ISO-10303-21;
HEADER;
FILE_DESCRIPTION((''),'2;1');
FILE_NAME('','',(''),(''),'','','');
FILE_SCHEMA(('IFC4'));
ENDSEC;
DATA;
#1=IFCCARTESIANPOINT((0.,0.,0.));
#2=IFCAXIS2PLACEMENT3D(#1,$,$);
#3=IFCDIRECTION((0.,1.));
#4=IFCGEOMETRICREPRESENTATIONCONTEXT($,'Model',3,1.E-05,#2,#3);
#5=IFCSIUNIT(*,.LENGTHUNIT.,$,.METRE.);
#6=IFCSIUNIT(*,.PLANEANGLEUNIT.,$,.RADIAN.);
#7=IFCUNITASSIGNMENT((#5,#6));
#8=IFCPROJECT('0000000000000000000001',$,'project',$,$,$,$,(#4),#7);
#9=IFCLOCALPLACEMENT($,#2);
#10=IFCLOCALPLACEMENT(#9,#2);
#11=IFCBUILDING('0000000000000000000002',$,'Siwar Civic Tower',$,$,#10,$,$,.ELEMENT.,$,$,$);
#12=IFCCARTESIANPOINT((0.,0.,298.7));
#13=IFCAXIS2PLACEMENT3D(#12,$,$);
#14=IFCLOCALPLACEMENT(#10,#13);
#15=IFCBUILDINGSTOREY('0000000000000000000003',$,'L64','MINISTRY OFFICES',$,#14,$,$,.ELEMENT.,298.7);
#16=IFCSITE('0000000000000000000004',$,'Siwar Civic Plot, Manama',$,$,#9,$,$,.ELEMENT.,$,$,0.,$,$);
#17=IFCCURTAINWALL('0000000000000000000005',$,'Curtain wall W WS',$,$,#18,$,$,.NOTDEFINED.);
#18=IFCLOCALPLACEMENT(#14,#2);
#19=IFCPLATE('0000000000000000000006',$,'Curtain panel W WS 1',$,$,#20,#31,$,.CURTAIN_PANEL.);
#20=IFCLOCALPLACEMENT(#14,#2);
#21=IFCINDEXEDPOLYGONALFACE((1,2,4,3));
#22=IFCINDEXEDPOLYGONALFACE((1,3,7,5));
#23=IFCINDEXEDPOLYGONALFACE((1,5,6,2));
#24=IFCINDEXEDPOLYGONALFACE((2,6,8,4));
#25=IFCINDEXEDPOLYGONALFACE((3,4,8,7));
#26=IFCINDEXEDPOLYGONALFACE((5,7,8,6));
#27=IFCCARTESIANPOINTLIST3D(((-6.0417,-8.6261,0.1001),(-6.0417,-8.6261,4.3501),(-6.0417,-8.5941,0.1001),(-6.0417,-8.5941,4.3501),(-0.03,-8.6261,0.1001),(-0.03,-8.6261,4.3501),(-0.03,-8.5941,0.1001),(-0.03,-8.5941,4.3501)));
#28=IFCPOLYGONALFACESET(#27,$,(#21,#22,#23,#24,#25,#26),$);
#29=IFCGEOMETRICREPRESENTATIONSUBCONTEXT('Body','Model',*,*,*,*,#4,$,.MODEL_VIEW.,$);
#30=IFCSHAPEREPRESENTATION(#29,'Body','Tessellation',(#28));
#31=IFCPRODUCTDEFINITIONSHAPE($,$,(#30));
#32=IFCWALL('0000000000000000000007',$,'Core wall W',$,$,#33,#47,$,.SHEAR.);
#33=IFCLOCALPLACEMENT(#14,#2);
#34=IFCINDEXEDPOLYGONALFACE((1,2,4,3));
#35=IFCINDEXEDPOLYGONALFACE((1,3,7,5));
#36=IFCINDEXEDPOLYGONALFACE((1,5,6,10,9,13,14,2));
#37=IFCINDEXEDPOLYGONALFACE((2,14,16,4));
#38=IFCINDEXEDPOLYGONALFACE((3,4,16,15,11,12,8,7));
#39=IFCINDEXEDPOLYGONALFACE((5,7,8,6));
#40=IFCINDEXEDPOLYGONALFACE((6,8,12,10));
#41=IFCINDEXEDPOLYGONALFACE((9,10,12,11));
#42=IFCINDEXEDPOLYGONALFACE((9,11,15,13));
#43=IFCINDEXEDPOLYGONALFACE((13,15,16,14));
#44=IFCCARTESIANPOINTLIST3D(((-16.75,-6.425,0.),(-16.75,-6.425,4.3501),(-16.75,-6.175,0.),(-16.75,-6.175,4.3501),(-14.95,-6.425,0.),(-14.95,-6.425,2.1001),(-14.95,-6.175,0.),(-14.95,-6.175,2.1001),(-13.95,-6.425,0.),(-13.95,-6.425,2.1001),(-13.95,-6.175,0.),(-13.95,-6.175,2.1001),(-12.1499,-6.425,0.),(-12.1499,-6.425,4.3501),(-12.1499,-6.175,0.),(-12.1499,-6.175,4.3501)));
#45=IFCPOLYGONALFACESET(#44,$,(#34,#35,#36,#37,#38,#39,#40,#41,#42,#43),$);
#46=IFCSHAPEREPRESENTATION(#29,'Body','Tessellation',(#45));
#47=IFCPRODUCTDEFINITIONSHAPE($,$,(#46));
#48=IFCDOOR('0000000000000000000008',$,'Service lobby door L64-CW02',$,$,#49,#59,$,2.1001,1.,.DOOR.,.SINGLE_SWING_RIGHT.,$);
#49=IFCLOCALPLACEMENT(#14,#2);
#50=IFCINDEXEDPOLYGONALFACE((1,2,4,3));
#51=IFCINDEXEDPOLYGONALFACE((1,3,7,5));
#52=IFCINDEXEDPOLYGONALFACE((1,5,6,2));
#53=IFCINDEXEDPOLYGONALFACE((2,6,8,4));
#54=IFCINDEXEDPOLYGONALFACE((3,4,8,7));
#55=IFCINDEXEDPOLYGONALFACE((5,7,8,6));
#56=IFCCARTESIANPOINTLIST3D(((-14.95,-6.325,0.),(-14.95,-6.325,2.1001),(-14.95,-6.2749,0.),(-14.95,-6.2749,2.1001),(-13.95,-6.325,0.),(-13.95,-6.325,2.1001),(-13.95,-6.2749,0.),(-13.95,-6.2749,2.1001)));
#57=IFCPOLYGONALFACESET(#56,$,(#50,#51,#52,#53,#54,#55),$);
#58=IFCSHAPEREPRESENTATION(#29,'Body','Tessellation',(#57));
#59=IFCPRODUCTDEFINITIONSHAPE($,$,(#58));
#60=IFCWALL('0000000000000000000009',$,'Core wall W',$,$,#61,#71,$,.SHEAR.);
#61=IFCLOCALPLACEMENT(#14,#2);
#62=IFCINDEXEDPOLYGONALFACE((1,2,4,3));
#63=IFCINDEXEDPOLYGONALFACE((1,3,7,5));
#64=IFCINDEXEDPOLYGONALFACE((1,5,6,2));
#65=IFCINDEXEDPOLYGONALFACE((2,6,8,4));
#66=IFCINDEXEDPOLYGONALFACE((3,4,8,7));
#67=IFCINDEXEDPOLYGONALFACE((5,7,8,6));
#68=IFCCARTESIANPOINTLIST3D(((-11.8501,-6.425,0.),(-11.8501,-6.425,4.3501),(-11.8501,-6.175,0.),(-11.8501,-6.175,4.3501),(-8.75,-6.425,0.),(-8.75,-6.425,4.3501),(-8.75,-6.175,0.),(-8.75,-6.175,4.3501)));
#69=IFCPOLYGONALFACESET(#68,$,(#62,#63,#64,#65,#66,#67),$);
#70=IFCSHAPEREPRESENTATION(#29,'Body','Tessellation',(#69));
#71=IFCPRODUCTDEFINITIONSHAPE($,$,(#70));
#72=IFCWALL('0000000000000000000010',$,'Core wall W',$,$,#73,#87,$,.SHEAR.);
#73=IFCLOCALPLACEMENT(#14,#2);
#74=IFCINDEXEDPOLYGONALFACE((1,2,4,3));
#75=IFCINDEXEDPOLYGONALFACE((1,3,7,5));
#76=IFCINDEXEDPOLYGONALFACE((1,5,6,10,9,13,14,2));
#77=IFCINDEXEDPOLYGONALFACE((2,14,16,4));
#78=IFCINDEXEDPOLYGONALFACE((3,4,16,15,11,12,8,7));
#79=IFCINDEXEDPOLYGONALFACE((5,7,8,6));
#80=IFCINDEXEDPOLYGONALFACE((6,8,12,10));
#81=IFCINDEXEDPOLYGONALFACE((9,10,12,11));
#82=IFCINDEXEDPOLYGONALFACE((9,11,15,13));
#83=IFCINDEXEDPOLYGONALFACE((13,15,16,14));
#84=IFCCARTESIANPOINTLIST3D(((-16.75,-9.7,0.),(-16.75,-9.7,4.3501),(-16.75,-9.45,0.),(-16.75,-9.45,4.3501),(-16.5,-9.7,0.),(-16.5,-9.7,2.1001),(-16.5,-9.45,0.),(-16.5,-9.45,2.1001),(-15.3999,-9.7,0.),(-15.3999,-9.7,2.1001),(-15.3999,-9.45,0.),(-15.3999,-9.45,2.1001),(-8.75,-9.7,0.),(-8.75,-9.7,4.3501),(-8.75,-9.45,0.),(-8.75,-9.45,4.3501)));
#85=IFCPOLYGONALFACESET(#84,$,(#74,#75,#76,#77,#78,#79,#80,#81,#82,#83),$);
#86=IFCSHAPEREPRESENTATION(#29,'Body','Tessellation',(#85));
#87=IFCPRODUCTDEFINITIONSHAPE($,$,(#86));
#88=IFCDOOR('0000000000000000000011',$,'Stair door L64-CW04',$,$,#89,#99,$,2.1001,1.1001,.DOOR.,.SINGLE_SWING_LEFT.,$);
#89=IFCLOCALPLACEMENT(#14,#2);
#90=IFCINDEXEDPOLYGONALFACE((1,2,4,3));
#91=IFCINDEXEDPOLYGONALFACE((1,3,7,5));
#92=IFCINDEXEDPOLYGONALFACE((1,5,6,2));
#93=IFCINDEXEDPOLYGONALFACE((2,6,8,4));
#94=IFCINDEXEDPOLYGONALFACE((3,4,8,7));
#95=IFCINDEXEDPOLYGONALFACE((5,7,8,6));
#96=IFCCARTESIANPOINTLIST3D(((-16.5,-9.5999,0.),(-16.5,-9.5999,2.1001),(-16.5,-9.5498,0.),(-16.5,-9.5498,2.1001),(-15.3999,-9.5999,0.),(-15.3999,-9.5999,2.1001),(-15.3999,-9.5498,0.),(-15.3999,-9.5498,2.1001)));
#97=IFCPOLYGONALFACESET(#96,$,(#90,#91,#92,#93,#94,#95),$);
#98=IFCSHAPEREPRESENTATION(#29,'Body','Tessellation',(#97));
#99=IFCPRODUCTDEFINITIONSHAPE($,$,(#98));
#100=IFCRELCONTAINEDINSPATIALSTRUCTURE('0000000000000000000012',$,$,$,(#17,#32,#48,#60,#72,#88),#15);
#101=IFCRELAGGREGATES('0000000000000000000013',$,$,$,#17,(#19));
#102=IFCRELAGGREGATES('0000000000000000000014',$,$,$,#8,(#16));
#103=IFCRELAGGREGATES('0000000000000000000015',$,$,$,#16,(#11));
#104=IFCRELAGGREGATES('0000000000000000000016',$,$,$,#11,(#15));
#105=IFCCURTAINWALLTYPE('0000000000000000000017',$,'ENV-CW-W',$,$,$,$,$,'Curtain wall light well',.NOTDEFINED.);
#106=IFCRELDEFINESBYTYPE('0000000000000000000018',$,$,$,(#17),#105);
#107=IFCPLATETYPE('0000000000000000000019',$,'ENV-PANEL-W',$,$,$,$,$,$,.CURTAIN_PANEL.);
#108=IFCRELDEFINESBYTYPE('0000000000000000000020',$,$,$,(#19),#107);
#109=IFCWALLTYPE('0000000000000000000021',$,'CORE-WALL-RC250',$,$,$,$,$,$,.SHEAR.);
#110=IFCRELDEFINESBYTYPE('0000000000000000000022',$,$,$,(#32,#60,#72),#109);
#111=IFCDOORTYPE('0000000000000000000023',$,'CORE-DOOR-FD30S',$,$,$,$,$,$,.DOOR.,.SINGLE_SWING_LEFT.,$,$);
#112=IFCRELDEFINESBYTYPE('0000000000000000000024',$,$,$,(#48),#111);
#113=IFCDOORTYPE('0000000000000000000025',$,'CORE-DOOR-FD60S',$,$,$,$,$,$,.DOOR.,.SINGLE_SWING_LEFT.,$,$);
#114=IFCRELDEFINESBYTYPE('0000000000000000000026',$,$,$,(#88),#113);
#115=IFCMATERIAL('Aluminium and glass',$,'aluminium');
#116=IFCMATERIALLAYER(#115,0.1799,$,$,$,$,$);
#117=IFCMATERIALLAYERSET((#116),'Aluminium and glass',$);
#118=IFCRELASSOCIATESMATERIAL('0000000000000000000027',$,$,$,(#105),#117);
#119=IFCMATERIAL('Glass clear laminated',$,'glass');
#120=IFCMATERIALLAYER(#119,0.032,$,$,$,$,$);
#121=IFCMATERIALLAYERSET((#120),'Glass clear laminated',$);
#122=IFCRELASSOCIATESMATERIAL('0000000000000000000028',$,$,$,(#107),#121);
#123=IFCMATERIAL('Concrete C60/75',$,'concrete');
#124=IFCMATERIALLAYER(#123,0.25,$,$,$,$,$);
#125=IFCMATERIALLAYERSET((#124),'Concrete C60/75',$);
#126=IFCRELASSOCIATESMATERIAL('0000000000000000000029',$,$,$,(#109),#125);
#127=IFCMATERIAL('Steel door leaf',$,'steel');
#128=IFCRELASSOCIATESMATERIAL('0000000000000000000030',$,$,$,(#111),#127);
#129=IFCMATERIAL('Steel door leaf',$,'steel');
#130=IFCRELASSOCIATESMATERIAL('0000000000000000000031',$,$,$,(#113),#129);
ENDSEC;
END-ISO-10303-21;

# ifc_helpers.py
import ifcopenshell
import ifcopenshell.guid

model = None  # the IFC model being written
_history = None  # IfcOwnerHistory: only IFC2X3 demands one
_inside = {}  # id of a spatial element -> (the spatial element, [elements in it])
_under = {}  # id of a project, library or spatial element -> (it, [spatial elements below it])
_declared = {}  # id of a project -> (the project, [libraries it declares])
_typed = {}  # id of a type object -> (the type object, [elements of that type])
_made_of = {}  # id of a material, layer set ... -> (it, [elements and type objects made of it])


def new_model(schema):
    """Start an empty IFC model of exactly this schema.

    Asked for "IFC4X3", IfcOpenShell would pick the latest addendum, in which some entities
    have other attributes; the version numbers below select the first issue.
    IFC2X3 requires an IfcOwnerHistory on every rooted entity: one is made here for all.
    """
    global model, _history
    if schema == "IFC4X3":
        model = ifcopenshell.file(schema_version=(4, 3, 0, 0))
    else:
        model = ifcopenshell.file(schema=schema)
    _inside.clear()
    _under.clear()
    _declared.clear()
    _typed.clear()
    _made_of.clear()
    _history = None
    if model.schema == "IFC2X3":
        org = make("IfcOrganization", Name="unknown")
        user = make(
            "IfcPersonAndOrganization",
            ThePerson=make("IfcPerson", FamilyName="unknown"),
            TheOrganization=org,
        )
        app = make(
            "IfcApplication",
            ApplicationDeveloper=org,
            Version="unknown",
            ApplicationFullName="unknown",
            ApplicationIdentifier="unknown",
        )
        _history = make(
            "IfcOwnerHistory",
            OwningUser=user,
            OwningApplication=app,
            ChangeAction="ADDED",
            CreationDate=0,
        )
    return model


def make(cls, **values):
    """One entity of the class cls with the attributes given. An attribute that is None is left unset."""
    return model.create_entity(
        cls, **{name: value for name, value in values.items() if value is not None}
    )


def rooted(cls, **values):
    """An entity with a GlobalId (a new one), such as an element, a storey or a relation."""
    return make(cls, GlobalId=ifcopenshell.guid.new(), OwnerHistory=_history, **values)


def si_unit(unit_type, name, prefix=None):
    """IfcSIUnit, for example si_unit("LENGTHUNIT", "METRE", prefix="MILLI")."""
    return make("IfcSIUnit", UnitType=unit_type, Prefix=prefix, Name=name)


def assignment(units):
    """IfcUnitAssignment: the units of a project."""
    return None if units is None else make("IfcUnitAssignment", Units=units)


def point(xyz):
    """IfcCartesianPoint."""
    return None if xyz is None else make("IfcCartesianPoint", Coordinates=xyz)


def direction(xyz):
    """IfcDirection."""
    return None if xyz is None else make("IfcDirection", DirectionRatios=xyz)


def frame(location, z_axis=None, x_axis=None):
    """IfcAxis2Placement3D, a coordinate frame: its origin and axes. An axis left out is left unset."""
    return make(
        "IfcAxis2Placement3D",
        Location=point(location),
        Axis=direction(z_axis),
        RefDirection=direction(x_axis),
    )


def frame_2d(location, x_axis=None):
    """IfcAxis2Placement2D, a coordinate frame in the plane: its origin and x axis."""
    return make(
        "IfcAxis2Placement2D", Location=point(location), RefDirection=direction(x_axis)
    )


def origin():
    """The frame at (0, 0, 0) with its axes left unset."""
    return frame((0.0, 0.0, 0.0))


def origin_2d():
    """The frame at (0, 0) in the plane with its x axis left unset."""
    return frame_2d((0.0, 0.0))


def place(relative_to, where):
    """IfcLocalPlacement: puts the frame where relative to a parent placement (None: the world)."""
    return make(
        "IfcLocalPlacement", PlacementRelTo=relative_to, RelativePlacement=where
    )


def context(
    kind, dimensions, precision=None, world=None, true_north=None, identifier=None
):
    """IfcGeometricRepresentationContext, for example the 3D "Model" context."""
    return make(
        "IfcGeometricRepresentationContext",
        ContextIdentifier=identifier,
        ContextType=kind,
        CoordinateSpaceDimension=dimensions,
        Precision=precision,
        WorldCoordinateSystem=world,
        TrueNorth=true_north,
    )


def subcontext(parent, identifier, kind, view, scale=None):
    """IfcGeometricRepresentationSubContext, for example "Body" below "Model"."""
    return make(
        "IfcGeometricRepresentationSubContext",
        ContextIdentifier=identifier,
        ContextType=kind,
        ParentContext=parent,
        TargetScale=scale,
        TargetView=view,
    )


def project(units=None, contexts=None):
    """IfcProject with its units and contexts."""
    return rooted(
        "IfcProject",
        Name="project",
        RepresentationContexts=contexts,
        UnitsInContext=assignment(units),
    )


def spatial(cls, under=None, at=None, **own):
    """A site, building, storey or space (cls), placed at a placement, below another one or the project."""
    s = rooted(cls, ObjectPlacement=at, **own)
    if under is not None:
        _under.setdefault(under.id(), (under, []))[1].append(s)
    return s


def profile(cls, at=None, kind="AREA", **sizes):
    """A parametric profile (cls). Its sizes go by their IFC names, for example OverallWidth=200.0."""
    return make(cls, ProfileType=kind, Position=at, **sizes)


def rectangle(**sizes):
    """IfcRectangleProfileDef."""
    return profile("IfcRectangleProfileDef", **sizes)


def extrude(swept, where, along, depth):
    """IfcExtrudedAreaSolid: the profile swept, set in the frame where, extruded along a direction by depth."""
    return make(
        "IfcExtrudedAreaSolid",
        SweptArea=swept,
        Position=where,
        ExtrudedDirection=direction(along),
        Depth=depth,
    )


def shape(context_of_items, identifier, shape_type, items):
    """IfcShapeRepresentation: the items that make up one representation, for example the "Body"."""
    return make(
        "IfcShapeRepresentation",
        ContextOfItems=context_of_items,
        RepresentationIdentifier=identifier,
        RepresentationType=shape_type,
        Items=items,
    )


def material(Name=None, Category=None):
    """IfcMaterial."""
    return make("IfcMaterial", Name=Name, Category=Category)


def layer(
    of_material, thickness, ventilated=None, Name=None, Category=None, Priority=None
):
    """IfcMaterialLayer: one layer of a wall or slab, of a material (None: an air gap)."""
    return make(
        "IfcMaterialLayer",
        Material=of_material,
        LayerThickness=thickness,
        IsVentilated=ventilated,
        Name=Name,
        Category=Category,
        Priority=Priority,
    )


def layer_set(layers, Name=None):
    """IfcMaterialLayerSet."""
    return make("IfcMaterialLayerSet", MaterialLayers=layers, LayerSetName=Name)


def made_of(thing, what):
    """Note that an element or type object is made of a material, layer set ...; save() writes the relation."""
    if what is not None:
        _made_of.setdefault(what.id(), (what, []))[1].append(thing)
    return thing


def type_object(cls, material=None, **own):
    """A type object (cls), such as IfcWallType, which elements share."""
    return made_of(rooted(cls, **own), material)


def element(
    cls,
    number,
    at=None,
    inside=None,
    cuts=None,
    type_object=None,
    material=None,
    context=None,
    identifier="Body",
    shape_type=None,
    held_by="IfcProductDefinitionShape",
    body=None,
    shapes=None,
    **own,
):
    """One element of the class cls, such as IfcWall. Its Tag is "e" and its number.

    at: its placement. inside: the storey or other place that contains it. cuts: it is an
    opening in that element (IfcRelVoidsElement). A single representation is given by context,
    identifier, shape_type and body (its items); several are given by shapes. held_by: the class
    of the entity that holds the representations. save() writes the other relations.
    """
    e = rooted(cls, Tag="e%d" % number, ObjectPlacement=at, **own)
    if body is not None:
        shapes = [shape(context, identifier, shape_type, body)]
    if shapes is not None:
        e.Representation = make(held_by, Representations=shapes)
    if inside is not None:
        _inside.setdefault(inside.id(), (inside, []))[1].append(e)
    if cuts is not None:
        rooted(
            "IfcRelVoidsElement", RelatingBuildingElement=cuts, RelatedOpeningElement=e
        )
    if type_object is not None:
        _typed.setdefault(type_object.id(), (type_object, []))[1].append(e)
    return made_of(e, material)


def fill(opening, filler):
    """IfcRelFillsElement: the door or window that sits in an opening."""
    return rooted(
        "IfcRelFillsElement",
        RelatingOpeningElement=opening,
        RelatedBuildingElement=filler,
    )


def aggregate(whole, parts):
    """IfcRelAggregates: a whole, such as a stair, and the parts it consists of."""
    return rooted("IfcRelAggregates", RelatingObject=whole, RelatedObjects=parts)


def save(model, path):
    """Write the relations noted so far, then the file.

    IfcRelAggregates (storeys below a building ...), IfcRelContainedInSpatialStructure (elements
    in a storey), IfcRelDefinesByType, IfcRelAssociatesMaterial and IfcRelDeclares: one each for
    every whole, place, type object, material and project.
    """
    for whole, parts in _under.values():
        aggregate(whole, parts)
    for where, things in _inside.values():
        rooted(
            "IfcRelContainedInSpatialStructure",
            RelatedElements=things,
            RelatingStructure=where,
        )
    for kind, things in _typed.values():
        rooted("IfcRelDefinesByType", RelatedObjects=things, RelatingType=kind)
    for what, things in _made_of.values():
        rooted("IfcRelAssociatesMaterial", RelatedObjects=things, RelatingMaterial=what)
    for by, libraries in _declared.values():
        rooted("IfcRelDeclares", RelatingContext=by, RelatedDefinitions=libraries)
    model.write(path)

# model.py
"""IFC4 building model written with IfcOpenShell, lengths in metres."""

from ifc_helpers import new_model, si_unit, direction, frame, frame_2d, origin, origin_2d, place, context, subcontext, project, spatial, rectangle, extrude, material, layer, layer_set, type_object, element, fill, aggregate, save


model = new_model("IFC4")

# Units and contexts
model_context = context("Model", 3, precision=1e-05, world=origin(), true_north=direction((0.0, 1.0)))
body_context = subcontext(model_context, "Body", "Model", "MODEL_VIEW")
ifc_project = project(units=[si_unit("LENGTHUNIT", "METRE"), si_unit("PLANEANGLEUNIT", "RADIAN")], contexts=[model_context])

# Site, building, storey
site_placement = place(None, origin())
site = spatial("IfcSite", under=ifc_project, at=site_placement, Name="Siwar Civic Plot, Manama", CompositionType="ELEMENT", RefElevation=0.0)
building_placement = place(site_placement, origin())
building = spatial("IfcBuilding", under=site, at=building_placement, Name="Siwar Civic Tower", CompositionType="ELEMENT")
storey_placement = place(building_placement, frame((0.0, 0.0, 298.7)))
storey = spatial("IfcBuildingStorey", under=building, at=storey_placement, Name="L64", Description="MINISTRY OFFICES", CompositionType="ELEMENT", Elevation=298.7)

# Curtain wall
ifc_material_1 = material(Name="Aluminium and glass", Category="aluminium")
ifc_layer_1 = layer(ifc_material_1, 0.1799)
ifc_layer_set_1 = layer_set([ifc_layer_1], Name="Aluminium and glass")
curtain_wall_type = type_object("IfcCurtainWallType", Name="ENV-CW-W", ElementType="Curtain wall light well", PredefinedType="NOTDEFINED", material=ifc_layer_set_1)
curtain_wall_placement = place(storey_placement, origin())
curtain_wall = element("IfcCurtainWall", 1, at=curtain_wall_placement, inside=storey, type_object=curtain_wall_type, Name="Curtain wall W WS", PredefinedType="NOTDEFINED")

# Plate
ifc_material_2 = material(Name="Glass clear laminated", Category="glass")
ifc_layer_2 = layer(ifc_material_2, 0.032)
ifc_layer_set_2 = layer_set([ifc_layer_2], Name="Glass clear laminated")
plate_type = type_object("IfcPlateType", Name="ENV-PANEL-W", PredefinedType="CURTAIN_PANEL", material=ifc_layer_set_2)
plate_placement = place(storey_placement, frame((-3.0359, -8.6101, 0.1001), z_axis=(0.0, 0.0, 1.0), x_axis=(1.0, 0.0, 0.0)))
plate = element("IfcPlate", 2, at=plate_placement, type_object=plate_type, Name="Curtain panel W WS 1", PredefinedType="CURTAIN_PANEL", context=body_context, shape_type="SweptSolid", body=[
    extrude(rectangle(XDim=6.0117, YDim=0.032, at=origin_2d()), origin(), (0.0, 0.0, 1.0), 4.25),
])
aggregate(curtain_wall, [plate])

# Wall, opening, door
ifc_material_3 = material(Name="Concrete C60/75", Category="concrete")
ifc_layer_3 = layer(ifc_material_3, 0.25)
ifc_layer_set_3 = layer_set([ifc_layer_3], Name="Concrete C60/75")
wall_type_1 = type_object("IfcWallType", Name="CORE-WALL-RC250", PredefinedType="SHEAR", material=ifc_layer_set_3)
wall_1_placement = place(storey_placement, frame((-12.1499, -6.3, 0.0), z_axis=(0.0, 0.0, 1.0), x_axis=(-1.0, 0.0, 0.0)))
wall_1 = element("IfcWall", 3, at=wall_1_placement, inside=storey, type_object=wall_type_1, Name="Core wall W", PredefinedType="SHEAR", context=body_context, shape_type="SweptSolid", body=[
    extrude(rectangle(XDim=4.6001, YDim=0.25, at=frame_2d((2.3, 0.0))), origin(), (0.0, 0.0, 1.0), 4.3501),
])
opening_1_placement = place(wall_1_placement, frame((1.8, 0.0, 0.0)))
opening_1 = element("IfcOpeningElement", 4, at=opening_1_placement, cuts=wall_1, PredefinedType="OPENING", context=body_context, shape_type="SweptSolid", body=[
    extrude(rectangle(XDim=1.0, YDim=2.1001, at=frame_2d((0.5, 1.05))), frame((0.0, 0.135, 0.0), z_axis=(0.0, -1.0, 0.0), x_axis=(1.0, 0.0, 0.0)), (0.0, 0.0, 1.0), 0.27),
])
ifc_material_4 = material(Name="Steel door leaf", Category="steel")
door_type_1 = type_object("IfcDoorType", Name="CORE-DOOR-FD30S", OperationType="SINGLE_SWING_LEFT", PredefinedType="DOOR", material=ifc_material_4)
door_1_placement = place(opening_1_placement, origin())
door_1 = element("IfcDoor", 5, at=door_1_placement, inside=storey, type_object=door_type_1, Name="Service lobby door L64-CW02", OperationType="SINGLE_SWING_RIGHT", OverallHeight=2.1001, OverallWidth=1.0, PredefinedType="DOOR", context=body_context, shape_type="SweptSolid", body=[
    extrude(rectangle(XDim=1.0, YDim=2.1001, at=frame_2d((0.5, 1.05))), frame((0.0, 0.0249, 0.0), z_axis=(0.0, -1.0, 0.0), x_axis=(1.0, 0.0, 0.0)), (0.0, 0.0, 1.0), 0.05),
])
fill(opening_1, door_1)

# Wall
wall_2_placement = place(storey_placement, frame((-8.75, -6.3, 0.0), z_axis=(0.0, 0.0, 1.0), x_axis=(-1.0, 0.0, 0.0)))
element("IfcWall", 6, at=wall_2_placement, inside=storey, type_object=wall_type_1, Name="Core wall W", PredefinedType="SHEAR", context=body_context, shape_type="SweptSolid", body=[
    extrude(rectangle(XDim=3.1001, YDim=0.25, at=frame_2d((1.55, 0.0))), origin(), (0.0, 0.0, 1.0), 4.3501),
])

# Wall, opening, door
wall_3_placement = place(storey_placement, frame((-8.75, -9.575, 0.0), z_axis=(0.0, 0.0, 1.0), x_axis=(-1.0, 0.0, 0.0)))
wall_3 = element("IfcWall", 7, at=wall_3_placement, inside=storey, type_object=wall_type_1, Name="Core wall W", PredefinedType="SHEAR", context=body_context, shape_type="SweptSolid", body=[
    extrude(rectangle(XDim=8.0, YDim=0.25, at=frame_2d((4.0, 0.0))), origin(), (0.0, 0.0, 1.0), 4.3501),
])
opening_2_placement = place(wall_3_placement, frame((6.6499, 0.0, 0.0)))
opening_2 = element("IfcOpeningElement", 8, at=opening_2_placement, cuts=wall_3, PredefinedType="OPENING", context=body_context, shape_type="SweptSolid", body=[
    extrude(rectangle(XDim=1.1001, YDim=2.1001, at=frame_2d((0.55, 1.05))), frame((0.0, 0.135, 0.0), z_axis=(0.0, -1.0, 0.0), x_axis=(1.0, 0.0, 0.0)), (0.0, 0.0, 1.0), 0.27),
])
ifc_material_5 = material(Name="Steel door leaf", Category="steel")
door_type_2 = type_object("IfcDoorType", Name="CORE-DOOR-FD60S", OperationType="SINGLE_SWING_LEFT", PredefinedType="DOOR", material=ifc_material_5)
door_2_placement = place(opening_2_placement, origin())
door_2 = element("IfcDoor", 9, at=door_2_placement, inside=storey, type_object=door_type_2, Name="Stair door L64-CW04", OperationType="SINGLE_SWING_LEFT", OverallHeight=2.1001, OverallWidth=1.1001, PredefinedType="DOOR", context=body_context, shape_type="SweptSolid", body=[
    extrude(rectangle(XDim=1.1001, YDim=2.1001, at=frame_2d((0.55, 1.05))), frame((0.0, 0.0249, 0.0), z_axis=(0.0, -1.0, 0.0), x_axis=(1.0, 0.0, 0.0)), (0.0, 0.0, 1.0), 0.05),
])
fill(opening_2, door_2)

save(model, "model.ifc")
